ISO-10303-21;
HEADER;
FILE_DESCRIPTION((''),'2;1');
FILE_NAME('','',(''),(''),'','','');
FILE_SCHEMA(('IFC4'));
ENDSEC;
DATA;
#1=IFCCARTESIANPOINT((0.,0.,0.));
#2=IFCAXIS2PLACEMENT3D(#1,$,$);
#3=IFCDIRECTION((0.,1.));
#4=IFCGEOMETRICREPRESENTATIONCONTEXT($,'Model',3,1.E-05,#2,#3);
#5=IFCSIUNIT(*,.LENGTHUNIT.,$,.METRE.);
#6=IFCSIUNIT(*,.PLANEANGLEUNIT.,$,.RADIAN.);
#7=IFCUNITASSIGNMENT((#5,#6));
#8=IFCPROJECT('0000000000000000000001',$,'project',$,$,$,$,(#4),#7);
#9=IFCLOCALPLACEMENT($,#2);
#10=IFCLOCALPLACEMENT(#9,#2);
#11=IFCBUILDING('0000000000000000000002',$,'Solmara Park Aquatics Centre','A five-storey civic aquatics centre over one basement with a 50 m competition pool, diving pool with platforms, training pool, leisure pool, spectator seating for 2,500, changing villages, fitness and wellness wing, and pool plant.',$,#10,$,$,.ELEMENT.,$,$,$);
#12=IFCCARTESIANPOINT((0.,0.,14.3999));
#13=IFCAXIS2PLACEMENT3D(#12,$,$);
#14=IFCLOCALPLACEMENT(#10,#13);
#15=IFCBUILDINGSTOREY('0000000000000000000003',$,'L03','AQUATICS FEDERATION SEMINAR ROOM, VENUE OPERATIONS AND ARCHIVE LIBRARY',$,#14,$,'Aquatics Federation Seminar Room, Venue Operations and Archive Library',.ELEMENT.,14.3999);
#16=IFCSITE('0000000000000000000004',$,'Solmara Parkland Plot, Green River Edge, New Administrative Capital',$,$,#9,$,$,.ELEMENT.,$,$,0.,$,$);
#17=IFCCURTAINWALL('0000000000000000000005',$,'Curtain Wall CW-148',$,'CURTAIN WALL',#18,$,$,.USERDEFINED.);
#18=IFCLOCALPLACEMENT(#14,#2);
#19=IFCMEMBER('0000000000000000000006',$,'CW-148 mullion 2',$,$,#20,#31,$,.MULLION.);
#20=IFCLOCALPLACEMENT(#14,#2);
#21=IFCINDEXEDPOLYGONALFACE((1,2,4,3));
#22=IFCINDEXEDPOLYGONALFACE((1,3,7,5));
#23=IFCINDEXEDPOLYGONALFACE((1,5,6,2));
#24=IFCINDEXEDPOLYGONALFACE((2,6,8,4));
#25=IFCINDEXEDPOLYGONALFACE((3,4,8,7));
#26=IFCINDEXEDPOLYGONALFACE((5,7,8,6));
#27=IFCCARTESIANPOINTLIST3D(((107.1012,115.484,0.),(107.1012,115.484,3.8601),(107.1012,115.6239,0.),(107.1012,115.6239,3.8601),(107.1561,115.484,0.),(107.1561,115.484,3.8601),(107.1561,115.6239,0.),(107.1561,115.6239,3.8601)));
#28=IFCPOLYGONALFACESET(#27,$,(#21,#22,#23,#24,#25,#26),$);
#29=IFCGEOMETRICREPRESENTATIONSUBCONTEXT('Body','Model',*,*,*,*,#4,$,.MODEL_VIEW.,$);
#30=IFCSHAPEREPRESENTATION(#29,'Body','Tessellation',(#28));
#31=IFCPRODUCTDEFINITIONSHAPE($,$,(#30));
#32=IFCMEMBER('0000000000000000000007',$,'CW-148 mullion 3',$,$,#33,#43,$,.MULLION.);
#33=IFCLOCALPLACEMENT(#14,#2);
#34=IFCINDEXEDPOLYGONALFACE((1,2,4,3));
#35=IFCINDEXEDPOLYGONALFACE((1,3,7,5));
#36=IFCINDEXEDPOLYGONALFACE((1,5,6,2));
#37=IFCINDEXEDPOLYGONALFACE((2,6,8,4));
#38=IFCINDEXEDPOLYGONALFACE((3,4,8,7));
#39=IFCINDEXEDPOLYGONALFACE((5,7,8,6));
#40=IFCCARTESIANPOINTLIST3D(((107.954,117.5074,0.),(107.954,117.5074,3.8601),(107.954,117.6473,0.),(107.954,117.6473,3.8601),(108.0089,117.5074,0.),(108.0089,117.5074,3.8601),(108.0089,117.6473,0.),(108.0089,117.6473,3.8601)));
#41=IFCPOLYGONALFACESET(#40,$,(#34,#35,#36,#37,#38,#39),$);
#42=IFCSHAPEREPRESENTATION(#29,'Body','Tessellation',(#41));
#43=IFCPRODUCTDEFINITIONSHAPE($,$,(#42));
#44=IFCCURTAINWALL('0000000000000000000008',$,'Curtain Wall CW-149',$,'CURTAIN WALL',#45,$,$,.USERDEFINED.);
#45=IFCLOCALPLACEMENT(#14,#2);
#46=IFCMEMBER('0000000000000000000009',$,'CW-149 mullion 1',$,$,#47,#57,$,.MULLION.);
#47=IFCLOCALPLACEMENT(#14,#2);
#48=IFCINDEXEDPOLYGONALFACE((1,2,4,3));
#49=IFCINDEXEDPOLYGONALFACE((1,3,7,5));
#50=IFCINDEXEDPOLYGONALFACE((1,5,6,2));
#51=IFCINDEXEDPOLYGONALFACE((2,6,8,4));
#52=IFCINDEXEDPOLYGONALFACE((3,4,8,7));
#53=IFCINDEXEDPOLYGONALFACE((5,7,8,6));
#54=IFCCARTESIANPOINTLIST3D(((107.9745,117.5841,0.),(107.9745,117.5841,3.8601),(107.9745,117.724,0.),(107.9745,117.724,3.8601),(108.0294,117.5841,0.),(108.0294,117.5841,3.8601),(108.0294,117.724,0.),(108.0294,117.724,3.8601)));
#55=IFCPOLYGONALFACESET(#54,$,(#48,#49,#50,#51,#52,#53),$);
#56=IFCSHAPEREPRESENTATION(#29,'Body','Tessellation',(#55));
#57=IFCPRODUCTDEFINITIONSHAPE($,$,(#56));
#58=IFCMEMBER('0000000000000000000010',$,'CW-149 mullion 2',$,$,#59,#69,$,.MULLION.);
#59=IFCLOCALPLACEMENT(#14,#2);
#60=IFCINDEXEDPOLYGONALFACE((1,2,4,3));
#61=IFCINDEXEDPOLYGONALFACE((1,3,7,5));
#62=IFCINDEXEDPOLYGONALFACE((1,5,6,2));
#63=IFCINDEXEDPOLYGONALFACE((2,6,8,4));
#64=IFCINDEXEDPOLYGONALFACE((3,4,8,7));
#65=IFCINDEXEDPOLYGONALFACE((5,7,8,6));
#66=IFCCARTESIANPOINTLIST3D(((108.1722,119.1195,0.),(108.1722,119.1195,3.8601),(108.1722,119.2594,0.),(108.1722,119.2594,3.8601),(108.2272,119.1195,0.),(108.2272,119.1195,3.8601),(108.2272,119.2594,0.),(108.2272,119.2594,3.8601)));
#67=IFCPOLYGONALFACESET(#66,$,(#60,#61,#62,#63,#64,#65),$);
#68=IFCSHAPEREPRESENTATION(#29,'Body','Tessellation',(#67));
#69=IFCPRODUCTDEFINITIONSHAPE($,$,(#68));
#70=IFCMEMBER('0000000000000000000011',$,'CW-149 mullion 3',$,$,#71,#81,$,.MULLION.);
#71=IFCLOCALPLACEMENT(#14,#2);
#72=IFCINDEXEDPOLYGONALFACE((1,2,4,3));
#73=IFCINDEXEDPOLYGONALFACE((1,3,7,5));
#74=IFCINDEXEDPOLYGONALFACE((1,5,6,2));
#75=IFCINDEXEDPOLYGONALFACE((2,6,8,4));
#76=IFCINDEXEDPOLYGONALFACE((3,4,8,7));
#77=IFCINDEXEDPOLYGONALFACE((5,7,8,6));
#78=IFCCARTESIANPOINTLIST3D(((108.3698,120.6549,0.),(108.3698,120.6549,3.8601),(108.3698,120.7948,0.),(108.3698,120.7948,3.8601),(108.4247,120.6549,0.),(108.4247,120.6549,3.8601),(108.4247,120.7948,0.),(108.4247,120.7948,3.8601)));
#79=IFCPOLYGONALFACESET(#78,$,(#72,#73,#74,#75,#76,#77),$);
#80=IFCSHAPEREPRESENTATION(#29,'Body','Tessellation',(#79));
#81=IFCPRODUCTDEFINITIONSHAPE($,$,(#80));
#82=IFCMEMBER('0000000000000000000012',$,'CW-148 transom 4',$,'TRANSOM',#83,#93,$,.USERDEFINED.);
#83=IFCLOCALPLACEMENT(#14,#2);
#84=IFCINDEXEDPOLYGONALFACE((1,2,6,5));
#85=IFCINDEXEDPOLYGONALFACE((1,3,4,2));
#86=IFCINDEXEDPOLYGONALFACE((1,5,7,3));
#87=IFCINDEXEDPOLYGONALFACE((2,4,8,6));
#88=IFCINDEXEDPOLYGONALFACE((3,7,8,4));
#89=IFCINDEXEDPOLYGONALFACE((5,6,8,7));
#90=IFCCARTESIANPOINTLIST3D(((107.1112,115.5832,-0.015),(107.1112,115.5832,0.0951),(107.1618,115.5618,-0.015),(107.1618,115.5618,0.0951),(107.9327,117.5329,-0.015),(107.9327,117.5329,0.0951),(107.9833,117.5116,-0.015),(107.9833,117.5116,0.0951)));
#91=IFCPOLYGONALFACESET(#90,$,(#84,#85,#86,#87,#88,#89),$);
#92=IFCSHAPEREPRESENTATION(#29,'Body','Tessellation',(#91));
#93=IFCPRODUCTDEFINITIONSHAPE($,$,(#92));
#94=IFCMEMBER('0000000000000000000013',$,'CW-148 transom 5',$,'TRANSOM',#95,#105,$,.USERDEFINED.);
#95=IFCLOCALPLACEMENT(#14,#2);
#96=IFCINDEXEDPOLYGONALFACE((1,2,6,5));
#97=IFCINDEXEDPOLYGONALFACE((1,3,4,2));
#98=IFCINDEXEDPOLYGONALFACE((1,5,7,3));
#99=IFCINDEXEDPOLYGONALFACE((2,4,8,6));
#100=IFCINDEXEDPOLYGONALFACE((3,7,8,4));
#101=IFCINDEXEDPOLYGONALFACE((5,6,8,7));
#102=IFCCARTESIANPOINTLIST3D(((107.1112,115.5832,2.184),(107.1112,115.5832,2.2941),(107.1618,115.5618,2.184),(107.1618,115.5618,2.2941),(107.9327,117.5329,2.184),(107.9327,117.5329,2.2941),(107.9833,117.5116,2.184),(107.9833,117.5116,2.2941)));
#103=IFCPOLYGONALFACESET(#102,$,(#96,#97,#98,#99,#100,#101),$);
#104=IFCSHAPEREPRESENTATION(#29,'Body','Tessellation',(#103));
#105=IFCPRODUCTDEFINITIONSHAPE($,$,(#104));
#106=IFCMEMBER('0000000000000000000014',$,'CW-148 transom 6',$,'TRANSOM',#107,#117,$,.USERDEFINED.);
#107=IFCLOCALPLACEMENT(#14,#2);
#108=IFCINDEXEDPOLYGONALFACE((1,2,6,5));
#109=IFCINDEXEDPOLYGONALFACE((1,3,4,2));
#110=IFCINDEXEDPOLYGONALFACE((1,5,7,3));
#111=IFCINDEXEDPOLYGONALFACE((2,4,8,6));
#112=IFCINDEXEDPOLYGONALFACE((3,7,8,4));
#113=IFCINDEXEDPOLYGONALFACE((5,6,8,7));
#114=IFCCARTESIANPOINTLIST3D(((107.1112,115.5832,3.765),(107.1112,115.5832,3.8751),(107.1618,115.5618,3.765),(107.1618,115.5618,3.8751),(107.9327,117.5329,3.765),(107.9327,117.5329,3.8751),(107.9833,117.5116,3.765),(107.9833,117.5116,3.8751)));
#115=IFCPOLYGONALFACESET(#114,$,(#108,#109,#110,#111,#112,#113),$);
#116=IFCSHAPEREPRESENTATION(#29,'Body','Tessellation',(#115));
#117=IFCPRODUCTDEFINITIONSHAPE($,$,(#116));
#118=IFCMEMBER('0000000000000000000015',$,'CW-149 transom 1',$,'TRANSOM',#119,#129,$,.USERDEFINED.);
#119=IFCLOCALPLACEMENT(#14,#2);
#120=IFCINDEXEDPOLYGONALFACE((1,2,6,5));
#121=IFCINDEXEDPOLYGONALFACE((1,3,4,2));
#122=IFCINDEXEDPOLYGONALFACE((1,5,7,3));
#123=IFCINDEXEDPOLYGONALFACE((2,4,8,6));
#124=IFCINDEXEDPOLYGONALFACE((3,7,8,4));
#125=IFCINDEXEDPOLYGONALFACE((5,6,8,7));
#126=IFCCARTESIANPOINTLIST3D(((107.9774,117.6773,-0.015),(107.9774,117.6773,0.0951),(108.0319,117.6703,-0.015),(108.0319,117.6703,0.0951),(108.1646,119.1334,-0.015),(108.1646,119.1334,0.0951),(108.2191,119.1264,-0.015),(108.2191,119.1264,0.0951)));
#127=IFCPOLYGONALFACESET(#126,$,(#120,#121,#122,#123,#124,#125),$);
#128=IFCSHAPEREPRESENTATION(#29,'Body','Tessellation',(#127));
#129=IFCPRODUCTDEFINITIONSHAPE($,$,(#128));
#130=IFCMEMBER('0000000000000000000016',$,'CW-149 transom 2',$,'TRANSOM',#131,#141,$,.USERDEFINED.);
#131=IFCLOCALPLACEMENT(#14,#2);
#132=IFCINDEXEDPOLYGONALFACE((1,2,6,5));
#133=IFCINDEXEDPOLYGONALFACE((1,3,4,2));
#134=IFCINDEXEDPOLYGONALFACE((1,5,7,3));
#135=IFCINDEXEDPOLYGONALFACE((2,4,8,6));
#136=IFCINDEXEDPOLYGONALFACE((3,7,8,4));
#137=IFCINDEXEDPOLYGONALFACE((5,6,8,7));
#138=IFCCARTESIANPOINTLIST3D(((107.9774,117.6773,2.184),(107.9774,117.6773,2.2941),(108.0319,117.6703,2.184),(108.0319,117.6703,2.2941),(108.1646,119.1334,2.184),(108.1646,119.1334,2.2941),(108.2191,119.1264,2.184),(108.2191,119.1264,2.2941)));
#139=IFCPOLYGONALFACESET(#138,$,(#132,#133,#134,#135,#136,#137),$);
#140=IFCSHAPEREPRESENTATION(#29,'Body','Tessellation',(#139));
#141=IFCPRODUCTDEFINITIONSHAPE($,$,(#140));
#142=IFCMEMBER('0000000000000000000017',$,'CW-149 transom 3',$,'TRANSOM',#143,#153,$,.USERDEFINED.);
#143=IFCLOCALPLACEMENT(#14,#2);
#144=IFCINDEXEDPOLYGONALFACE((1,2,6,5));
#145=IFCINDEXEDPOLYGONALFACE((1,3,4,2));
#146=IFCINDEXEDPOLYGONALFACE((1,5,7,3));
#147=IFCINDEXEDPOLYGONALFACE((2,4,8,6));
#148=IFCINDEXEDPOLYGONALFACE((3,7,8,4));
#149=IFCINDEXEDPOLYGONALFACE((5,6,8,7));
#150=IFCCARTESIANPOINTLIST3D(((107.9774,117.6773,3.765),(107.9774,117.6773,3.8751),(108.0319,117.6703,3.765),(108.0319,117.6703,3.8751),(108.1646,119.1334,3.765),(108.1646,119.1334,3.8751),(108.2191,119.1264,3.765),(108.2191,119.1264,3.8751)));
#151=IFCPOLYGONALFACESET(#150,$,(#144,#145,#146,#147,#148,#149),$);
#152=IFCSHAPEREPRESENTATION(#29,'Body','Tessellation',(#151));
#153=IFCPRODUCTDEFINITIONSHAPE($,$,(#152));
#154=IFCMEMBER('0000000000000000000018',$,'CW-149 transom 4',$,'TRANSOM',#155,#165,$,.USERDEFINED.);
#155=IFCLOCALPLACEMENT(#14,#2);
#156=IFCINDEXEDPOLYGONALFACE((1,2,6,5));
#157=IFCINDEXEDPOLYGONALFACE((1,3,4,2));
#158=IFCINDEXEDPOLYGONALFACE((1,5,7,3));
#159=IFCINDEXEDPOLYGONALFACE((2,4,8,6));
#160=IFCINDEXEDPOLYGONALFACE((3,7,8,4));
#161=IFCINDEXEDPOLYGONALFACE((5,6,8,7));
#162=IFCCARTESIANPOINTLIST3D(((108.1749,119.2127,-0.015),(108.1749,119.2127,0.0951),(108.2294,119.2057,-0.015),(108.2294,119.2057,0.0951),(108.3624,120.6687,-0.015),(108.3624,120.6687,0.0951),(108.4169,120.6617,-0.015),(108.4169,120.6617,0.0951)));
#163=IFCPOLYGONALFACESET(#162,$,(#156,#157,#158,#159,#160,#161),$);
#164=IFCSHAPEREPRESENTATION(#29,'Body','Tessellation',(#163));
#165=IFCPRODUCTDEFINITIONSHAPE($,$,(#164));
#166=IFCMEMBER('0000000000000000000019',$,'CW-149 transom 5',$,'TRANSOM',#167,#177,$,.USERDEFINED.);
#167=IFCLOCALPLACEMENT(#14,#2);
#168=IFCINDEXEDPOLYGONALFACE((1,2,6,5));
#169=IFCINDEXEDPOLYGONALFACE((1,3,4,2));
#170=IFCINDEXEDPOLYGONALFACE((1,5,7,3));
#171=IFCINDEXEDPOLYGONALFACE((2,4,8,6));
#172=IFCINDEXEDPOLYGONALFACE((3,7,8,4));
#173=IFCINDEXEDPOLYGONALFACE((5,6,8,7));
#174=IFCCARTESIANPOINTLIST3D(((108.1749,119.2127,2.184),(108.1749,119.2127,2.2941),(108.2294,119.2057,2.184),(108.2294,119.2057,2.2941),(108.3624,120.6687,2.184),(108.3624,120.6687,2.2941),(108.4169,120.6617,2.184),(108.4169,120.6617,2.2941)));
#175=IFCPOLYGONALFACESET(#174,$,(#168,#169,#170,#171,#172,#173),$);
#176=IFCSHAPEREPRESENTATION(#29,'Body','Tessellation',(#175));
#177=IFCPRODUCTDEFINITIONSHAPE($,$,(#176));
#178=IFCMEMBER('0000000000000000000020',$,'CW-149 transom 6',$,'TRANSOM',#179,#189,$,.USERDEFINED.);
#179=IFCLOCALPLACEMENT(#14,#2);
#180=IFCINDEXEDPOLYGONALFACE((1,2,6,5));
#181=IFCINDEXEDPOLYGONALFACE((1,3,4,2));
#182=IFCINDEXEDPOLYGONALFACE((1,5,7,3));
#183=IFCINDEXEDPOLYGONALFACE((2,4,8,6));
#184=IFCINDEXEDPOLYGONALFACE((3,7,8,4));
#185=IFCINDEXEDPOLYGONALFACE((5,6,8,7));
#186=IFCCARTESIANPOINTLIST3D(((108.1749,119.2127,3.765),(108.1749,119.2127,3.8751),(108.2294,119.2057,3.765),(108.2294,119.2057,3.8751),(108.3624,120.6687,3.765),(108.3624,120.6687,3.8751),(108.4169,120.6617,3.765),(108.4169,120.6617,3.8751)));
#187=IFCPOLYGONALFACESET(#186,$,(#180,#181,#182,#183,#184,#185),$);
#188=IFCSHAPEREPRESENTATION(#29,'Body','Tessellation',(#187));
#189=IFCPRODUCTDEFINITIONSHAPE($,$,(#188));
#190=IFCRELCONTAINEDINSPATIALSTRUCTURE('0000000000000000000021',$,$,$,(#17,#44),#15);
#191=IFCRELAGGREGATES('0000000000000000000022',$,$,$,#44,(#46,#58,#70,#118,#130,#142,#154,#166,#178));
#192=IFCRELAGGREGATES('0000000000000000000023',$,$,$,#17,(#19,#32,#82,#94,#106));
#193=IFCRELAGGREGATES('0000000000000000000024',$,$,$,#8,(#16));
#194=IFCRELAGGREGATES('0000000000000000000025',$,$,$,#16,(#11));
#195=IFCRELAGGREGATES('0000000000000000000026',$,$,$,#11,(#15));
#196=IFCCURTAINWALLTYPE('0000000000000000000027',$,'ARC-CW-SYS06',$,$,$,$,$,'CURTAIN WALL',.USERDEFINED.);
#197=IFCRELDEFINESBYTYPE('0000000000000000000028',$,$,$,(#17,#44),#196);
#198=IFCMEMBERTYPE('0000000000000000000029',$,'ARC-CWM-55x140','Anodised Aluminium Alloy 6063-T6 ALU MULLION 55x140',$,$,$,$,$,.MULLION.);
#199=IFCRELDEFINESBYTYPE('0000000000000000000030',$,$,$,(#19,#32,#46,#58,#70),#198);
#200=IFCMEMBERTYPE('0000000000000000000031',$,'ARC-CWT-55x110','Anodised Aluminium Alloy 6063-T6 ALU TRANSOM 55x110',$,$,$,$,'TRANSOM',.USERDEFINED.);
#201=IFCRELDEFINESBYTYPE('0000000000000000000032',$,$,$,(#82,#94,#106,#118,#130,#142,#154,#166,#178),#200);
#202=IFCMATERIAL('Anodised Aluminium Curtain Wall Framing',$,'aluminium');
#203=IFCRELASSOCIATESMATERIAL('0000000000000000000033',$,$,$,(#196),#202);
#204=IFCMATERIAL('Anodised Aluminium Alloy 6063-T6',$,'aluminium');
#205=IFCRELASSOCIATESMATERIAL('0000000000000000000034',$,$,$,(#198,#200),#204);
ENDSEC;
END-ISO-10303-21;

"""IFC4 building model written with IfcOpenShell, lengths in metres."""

from ifc_helpers import new_model, si_unit, direction, frame, origin, origin_2d, place, context, subcontext, project, spatial, rectangle, extrude, material, material_profile, profile_set, type_object, element, aggregate, save


model = new_model("IFC4")

# Units and contexts
model_context = context("Model", 3, precision=1e-05, world=origin(), true_north=direction((0.0, 1.0)))
body_context = subcontext(model_context, "Body", "Model", "MODEL_VIEW")
ifc_project = project(units=[si_unit("LENGTHUNIT", "METRE"), si_unit("PLANEANGLEUNIT", "RADIAN")], contexts=[model_context])

# Site, building, storey
site_placement = place(None, origin())
site = spatial("IfcSite", under=ifc_project, at=site_placement, Name="Solmara Parkland Plot, Green River Edge, New Administrative Capital", CompositionType="ELEMENT", RefElevation=0.0)
building_placement = place(site_placement, origin())
building = spatial("IfcBuilding", under=site, at=building_placement, Name="Solmara Park Aquatics Centre", Description="A five-storey civic aquatics centre over one basement with a 50 m competition pool, diving pool with platforms, training pool, leisure pool, spectator seating for 2,500, changing villages, fitness and wellness wing, and pool plant.", CompositionType="ELEMENT")
storey_placement = place(building_placement, frame((0.0, 0.0, 14.3999)))
storey = spatial("IfcBuildingStorey", under=building, at=storey_placement, Name="L03", Description="AQUATICS FEDERATION SEMINAR ROOM, VENUE OPERATIONS AND ARCHIVE LIBRARY", LongName="Aquatics Federation Seminar Room, Venue Operations and Archive Library", CompositionType="ELEMENT", Elevation=14.3999)

# Curtain walls, members
ifc_material_1 = material(Name="Anodised Aluminium Curtain Wall Framing", Category="aluminium")
curtain_wall_type = type_object("IfcCurtainWallType", Name="ARC-CW-SYS06", ElementType="CURTAIN WALL", PredefinedType="USERDEFINED", material=ifc_material_1)
curtain_wall_1_placement = place(storey_placement, origin())
curtain_wall_1 = element("IfcCurtainWall", 1, at=curtain_wall_1_placement, inside=storey, type_object=curtain_wall_type, Name="Curtain Wall CW-148", ObjectType="CURTAIN WALL", PredefinedType="USERDEFINED")
ifc_material_2 = material(Name="Anodised Aluminium Alloy 6063-T6", Category="aluminium")
ifc_material_profile_1 = material_profile(ifc_material_2, rectangle(XDim=0.0549, YDim=0.1399, at=origin_2d()), Name="ALU MULLION 55x140")
ifc_profile_set_1 = profile_set([ifc_material_profile_1], Name="Anodised Aluminium Alloy 6063-T6")
member_type_1 = type_object("IfcMemberType", Name="ARC-CWM-55x140", Description="Anodised Aluminium Alloy 6063-T6 ALU MULLION 55x140", PredefinedType="MULLION", material=ifc_profile_set_1)
member_1_placement = place(storey_placement, frame((107.1287, 115.554, 0.0), z_axis=(0.0, 0.0, 1.0), x_axis=(1.0, 0.0, 0.0)))
member_1 = element("IfcMember", 2, at=member_1_placement, type_object=member_type_1, Name="CW-148 mullion 2", PredefinedType="MULLION", context=body_context, shape_type="SweptSolid", body=[
    extrude(rectangle(XDim=0.0549, YDim=0.1399, at=origin_2d()), origin(), (0.0, 0.0, 1.0), 3.8601),
])
member_2_placement = place(storey_placement, frame((107.9814, 117.5774, 0.0), z_axis=(0.0, 0.0, 1.0), x_axis=(1.0, 0.0, 0.0)))
member_2 = element("IfcMember", 3, at=member_2_placement, type_object=member_type_1, Name="CW-148 mullion 3", PredefinedType="MULLION", context=body_context, shape_type="SweptSolid", body=[
    extrude(rectangle(XDim=0.0549, YDim=0.1399, at=origin_2d()), origin(), (0.0, 0.0, 1.0), 3.8601),
])
curtain_wall_2_placement = place(storey_placement, origin())
curtain_wall_2 = element("IfcCurtainWall", 4, at=curtain_wall_2_placement, inside=storey, type_object=curtain_wall_type, Name="Curtain Wall CW-149", ObjectType="CURTAIN WALL", PredefinedType="USERDEFINED")
member_3_placement = place(storey_placement, frame((108.002, 117.6541, 0.0), z_axis=(0.0, 0.0, 1.0), x_axis=(1.0, 0.0, 0.0)))
member_3 = element("IfcMember", 5, at=member_3_placement, type_object=member_type_1, Name="CW-149 mullion 1", PredefinedType="MULLION", context=body_context, shape_type="SweptSolid", body=[
    extrude(rectangle(XDim=0.0549, YDim=0.1399, at=origin_2d()), origin(), (0.0, 0.0, 1.0), 3.8601),
])
member_4_placement = place(storey_placement, frame((108.1997, 119.1895, 0.0), z_axis=(0.0, 0.0, 1.0), x_axis=(1.0, 0.0, 0.0)))
member_4 = element("IfcMember", 6, at=member_4_placement, type_object=member_type_1, Name="CW-149 mullion 2", PredefinedType="MULLION", context=body_context, shape_type="SweptSolid", body=[
    extrude(rectangle(XDim=0.0549, YDim=0.1399, at=origin_2d()), origin(), (0.0, 0.0, 1.0), 3.8601),
])
member_5_placement = place(storey_placement, frame((108.3972, 120.7249, 0.0), z_axis=(0.0, 0.0, 1.0), x_axis=(1.0, 0.0, 0.0)))
member_5 = element("IfcMember", 7, at=member_5_placement, type_object=member_type_1, Name="CW-149 mullion 3", PredefinedType="MULLION", context=body_context, shape_type="SweptSolid", body=[
    extrude(rectangle(XDim=0.0549, YDim=0.1399, at=origin_2d()), origin(), (0.0, 0.0, 1.0), 3.8601),
])

# Members
ifc_material_profile_2 = material_profile(ifc_material_2, rectangle(XDim=0.0549, YDim=0.1101, at=origin_2d()), Name="ALU TRANSOM 55x110")
ifc_profile_set_2 = profile_set([ifc_material_profile_2], Name="Anodised Aluminium Alloy 6063-T6")
member_type_2 = type_object("IfcMemberType", Name="ARC-CWT-55x110", Description="Anodised Aluminium Alloy 6063-T6 ALU TRANSOM 55x110", ElementType="TRANSOM", PredefinedType="USERDEFINED", material=ifc_profile_set_2)
member_6_placement = place(storey_placement, frame((107.1365, 115.5725, 0.04), z_axis=(0.388299, 0.921533, 0.0), x_axis=(-0.921533, 0.388299, 0.0)))
member_6 = element("IfcMember", 8, at=member_6_placement, type_object=member_type_2, Name="CW-148 transom 4", ObjectType="TRANSOM", PredefinedType="USERDEFINED", context=body_context, shape_type="SweptSolid", body=[
    extrude(rectangle(XDim=0.0549, YDim=0.1101, at=origin_2d()), origin(), (0.0, 0.0, 1.0), 2.1157),
])
member_7_placement = place(storey_placement, frame((107.1365, 115.5725, 2.239), z_axis=(0.388299, 0.921533, 0.0), x_axis=(-0.921533, 0.388299, 0.0)))
member_7 = element("IfcMember", 9, at=member_7_placement, type_object=member_type_2, Name="CW-148 transom 5", ObjectType="TRANSOM", PredefinedType="USERDEFINED", context=body_context, shape_type="SweptSolid", body=[
    extrude(rectangle(XDim=0.0549, YDim=0.1101, at=origin_2d()), origin(), (0.0, 0.0, 1.0), 2.1157),
])
member_8_placement = place(storey_placement, frame((107.1365, 115.5725, 3.8201), z_axis=(0.388299, 0.921533, 0.0), x_axis=(-0.921533, 0.388299, 0.0)))
member_8 = element("IfcMember", 10, at=member_8_placement, type_object=member_type_2, Name="CW-148 transom 6", ObjectType="TRANSOM", PredefinedType="USERDEFINED", context=body_context, shape_type="SweptSolid", body=[
    extrude(rectangle(XDim=0.0549, YDim=0.1101, at=origin_2d()), origin(), (0.0, 0.0, 1.0), 2.1157),
])
member_9_placement = place(storey_placement, frame((108.0046, 117.6738, 0.04), z_axis=(0.127554, 0.991832, 0.0), x_axis=(-0.991832, 0.127554, 0.0)))
member_9 = element("IfcMember", 11, at=member_9_placement, type_object=member_type_2, Name="CW-149 transom 1", ObjectType="TRANSOM", PredefinedType="USERDEFINED", context=body_context, shape_type="SweptSolid", body=[
    extrude(rectangle(XDim=0.0549, YDim=0.1101, at=origin_2d()), origin(), (0.0, 0.0, 1.0), 1.468),
])
member_10_placement = place(storey_placement, frame((108.0046, 117.6738, 2.239), z_axis=(0.127554, 0.991832, 0.0), x_axis=(-0.991832, 0.127554, 0.0)))
member_10 = element("IfcMember", 12, at=member_10_placement, type_object=member_type_2, Name="CW-149 transom 2", ObjectType="TRANSOM", PredefinedType="USERDEFINED", context=body_context, shape_type="SweptSolid", body=[
    extrude(rectangle(XDim=0.0549, YDim=0.1101, at=origin_2d()), origin(), (0.0, 0.0, 1.0), 1.468),
])
member_11_placement = place(storey_placement, frame((108.0046, 117.6738, 3.8201), z_axis=(0.127554, 0.991832, 0.0), x_axis=(-0.991832, 0.127554, 0.0)))
member_11 = element("IfcMember", 13, at=member_11_placement, type_object=member_type_2, Name="CW-149 transom 3", ObjectType="TRANSOM", PredefinedType="USERDEFINED", context=body_context, shape_type="SweptSolid", body=[
    extrude(rectangle(XDim=0.0549, YDim=0.1101, at=origin_2d()), origin(), (0.0, 0.0, 1.0), 1.468),
])
member_12_placement = place(storey_placement, frame((108.2021, 119.2092, 0.04), z_axis=(0.127718, 0.991811, 0.0), x_axis=(-0.991811, 0.127718, 0.0)))
member_12 = element("IfcMember", 14, at=member_12_placement, type_object=member_type_2, Name="CW-149 transom 4", ObjectType="TRANSOM", PredefinedType="USERDEFINED", context=body_context, shape_type="SweptSolid", body=[
    extrude(rectangle(XDim=0.0549, YDim=0.1101, at=origin_2d()), origin(), (0.0, 0.0, 1.0), 1.468),
])
member_13_placement = place(storey_placement, frame((108.2021, 119.2092, 2.239), z_axis=(0.127718, 0.991811, 0.0), x_axis=(-0.991811, 0.127718, 0.0)))
member_13 = element("IfcMember", 15, at=member_13_placement, type_object=member_type_2, Name="CW-149 transom 5", ObjectType="TRANSOM", PredefinedType="USERDEFINED", context=body_context, shape_type="SweptSolid", body=[
    extrude(rectangle(XDim=0.0549, YDim=0.1101, at=origin_2d()), origin(), (0.0, 0.0, 1.0), 1.468),
])
member_14_placement = place(storey_placement, frame((108.2021, 119.2092, 3.8201), z_axis=(0.127718, 0.991811, 0.0), x_axis=(-0.991811, 0.127718, 0.0)))
member_14 = element("IfcMember", 16, at=member_14_placement, type_object=member_type_2, Name="CW-149 transom 6", ObjectType="TRANSOM", PredefinedType="USERDEFINED", context=body_context, shape_type="SweptSolid", body=[
    extrude(rectangle(XDim=0.0549, YDim=0.1101, at=origin_2d()), origin(), (0.0, 0.0, 1.0), 1.468),
])

aggregate(curtain_wall_2, [member_3, member_4, member_5, member_9, member_10, member_11, member_12, member_13, member_14])
aggregate(curtain_wall_1, [member_1, member_2, member_6, member_7, member_8])

save(model, "model.ifc")
